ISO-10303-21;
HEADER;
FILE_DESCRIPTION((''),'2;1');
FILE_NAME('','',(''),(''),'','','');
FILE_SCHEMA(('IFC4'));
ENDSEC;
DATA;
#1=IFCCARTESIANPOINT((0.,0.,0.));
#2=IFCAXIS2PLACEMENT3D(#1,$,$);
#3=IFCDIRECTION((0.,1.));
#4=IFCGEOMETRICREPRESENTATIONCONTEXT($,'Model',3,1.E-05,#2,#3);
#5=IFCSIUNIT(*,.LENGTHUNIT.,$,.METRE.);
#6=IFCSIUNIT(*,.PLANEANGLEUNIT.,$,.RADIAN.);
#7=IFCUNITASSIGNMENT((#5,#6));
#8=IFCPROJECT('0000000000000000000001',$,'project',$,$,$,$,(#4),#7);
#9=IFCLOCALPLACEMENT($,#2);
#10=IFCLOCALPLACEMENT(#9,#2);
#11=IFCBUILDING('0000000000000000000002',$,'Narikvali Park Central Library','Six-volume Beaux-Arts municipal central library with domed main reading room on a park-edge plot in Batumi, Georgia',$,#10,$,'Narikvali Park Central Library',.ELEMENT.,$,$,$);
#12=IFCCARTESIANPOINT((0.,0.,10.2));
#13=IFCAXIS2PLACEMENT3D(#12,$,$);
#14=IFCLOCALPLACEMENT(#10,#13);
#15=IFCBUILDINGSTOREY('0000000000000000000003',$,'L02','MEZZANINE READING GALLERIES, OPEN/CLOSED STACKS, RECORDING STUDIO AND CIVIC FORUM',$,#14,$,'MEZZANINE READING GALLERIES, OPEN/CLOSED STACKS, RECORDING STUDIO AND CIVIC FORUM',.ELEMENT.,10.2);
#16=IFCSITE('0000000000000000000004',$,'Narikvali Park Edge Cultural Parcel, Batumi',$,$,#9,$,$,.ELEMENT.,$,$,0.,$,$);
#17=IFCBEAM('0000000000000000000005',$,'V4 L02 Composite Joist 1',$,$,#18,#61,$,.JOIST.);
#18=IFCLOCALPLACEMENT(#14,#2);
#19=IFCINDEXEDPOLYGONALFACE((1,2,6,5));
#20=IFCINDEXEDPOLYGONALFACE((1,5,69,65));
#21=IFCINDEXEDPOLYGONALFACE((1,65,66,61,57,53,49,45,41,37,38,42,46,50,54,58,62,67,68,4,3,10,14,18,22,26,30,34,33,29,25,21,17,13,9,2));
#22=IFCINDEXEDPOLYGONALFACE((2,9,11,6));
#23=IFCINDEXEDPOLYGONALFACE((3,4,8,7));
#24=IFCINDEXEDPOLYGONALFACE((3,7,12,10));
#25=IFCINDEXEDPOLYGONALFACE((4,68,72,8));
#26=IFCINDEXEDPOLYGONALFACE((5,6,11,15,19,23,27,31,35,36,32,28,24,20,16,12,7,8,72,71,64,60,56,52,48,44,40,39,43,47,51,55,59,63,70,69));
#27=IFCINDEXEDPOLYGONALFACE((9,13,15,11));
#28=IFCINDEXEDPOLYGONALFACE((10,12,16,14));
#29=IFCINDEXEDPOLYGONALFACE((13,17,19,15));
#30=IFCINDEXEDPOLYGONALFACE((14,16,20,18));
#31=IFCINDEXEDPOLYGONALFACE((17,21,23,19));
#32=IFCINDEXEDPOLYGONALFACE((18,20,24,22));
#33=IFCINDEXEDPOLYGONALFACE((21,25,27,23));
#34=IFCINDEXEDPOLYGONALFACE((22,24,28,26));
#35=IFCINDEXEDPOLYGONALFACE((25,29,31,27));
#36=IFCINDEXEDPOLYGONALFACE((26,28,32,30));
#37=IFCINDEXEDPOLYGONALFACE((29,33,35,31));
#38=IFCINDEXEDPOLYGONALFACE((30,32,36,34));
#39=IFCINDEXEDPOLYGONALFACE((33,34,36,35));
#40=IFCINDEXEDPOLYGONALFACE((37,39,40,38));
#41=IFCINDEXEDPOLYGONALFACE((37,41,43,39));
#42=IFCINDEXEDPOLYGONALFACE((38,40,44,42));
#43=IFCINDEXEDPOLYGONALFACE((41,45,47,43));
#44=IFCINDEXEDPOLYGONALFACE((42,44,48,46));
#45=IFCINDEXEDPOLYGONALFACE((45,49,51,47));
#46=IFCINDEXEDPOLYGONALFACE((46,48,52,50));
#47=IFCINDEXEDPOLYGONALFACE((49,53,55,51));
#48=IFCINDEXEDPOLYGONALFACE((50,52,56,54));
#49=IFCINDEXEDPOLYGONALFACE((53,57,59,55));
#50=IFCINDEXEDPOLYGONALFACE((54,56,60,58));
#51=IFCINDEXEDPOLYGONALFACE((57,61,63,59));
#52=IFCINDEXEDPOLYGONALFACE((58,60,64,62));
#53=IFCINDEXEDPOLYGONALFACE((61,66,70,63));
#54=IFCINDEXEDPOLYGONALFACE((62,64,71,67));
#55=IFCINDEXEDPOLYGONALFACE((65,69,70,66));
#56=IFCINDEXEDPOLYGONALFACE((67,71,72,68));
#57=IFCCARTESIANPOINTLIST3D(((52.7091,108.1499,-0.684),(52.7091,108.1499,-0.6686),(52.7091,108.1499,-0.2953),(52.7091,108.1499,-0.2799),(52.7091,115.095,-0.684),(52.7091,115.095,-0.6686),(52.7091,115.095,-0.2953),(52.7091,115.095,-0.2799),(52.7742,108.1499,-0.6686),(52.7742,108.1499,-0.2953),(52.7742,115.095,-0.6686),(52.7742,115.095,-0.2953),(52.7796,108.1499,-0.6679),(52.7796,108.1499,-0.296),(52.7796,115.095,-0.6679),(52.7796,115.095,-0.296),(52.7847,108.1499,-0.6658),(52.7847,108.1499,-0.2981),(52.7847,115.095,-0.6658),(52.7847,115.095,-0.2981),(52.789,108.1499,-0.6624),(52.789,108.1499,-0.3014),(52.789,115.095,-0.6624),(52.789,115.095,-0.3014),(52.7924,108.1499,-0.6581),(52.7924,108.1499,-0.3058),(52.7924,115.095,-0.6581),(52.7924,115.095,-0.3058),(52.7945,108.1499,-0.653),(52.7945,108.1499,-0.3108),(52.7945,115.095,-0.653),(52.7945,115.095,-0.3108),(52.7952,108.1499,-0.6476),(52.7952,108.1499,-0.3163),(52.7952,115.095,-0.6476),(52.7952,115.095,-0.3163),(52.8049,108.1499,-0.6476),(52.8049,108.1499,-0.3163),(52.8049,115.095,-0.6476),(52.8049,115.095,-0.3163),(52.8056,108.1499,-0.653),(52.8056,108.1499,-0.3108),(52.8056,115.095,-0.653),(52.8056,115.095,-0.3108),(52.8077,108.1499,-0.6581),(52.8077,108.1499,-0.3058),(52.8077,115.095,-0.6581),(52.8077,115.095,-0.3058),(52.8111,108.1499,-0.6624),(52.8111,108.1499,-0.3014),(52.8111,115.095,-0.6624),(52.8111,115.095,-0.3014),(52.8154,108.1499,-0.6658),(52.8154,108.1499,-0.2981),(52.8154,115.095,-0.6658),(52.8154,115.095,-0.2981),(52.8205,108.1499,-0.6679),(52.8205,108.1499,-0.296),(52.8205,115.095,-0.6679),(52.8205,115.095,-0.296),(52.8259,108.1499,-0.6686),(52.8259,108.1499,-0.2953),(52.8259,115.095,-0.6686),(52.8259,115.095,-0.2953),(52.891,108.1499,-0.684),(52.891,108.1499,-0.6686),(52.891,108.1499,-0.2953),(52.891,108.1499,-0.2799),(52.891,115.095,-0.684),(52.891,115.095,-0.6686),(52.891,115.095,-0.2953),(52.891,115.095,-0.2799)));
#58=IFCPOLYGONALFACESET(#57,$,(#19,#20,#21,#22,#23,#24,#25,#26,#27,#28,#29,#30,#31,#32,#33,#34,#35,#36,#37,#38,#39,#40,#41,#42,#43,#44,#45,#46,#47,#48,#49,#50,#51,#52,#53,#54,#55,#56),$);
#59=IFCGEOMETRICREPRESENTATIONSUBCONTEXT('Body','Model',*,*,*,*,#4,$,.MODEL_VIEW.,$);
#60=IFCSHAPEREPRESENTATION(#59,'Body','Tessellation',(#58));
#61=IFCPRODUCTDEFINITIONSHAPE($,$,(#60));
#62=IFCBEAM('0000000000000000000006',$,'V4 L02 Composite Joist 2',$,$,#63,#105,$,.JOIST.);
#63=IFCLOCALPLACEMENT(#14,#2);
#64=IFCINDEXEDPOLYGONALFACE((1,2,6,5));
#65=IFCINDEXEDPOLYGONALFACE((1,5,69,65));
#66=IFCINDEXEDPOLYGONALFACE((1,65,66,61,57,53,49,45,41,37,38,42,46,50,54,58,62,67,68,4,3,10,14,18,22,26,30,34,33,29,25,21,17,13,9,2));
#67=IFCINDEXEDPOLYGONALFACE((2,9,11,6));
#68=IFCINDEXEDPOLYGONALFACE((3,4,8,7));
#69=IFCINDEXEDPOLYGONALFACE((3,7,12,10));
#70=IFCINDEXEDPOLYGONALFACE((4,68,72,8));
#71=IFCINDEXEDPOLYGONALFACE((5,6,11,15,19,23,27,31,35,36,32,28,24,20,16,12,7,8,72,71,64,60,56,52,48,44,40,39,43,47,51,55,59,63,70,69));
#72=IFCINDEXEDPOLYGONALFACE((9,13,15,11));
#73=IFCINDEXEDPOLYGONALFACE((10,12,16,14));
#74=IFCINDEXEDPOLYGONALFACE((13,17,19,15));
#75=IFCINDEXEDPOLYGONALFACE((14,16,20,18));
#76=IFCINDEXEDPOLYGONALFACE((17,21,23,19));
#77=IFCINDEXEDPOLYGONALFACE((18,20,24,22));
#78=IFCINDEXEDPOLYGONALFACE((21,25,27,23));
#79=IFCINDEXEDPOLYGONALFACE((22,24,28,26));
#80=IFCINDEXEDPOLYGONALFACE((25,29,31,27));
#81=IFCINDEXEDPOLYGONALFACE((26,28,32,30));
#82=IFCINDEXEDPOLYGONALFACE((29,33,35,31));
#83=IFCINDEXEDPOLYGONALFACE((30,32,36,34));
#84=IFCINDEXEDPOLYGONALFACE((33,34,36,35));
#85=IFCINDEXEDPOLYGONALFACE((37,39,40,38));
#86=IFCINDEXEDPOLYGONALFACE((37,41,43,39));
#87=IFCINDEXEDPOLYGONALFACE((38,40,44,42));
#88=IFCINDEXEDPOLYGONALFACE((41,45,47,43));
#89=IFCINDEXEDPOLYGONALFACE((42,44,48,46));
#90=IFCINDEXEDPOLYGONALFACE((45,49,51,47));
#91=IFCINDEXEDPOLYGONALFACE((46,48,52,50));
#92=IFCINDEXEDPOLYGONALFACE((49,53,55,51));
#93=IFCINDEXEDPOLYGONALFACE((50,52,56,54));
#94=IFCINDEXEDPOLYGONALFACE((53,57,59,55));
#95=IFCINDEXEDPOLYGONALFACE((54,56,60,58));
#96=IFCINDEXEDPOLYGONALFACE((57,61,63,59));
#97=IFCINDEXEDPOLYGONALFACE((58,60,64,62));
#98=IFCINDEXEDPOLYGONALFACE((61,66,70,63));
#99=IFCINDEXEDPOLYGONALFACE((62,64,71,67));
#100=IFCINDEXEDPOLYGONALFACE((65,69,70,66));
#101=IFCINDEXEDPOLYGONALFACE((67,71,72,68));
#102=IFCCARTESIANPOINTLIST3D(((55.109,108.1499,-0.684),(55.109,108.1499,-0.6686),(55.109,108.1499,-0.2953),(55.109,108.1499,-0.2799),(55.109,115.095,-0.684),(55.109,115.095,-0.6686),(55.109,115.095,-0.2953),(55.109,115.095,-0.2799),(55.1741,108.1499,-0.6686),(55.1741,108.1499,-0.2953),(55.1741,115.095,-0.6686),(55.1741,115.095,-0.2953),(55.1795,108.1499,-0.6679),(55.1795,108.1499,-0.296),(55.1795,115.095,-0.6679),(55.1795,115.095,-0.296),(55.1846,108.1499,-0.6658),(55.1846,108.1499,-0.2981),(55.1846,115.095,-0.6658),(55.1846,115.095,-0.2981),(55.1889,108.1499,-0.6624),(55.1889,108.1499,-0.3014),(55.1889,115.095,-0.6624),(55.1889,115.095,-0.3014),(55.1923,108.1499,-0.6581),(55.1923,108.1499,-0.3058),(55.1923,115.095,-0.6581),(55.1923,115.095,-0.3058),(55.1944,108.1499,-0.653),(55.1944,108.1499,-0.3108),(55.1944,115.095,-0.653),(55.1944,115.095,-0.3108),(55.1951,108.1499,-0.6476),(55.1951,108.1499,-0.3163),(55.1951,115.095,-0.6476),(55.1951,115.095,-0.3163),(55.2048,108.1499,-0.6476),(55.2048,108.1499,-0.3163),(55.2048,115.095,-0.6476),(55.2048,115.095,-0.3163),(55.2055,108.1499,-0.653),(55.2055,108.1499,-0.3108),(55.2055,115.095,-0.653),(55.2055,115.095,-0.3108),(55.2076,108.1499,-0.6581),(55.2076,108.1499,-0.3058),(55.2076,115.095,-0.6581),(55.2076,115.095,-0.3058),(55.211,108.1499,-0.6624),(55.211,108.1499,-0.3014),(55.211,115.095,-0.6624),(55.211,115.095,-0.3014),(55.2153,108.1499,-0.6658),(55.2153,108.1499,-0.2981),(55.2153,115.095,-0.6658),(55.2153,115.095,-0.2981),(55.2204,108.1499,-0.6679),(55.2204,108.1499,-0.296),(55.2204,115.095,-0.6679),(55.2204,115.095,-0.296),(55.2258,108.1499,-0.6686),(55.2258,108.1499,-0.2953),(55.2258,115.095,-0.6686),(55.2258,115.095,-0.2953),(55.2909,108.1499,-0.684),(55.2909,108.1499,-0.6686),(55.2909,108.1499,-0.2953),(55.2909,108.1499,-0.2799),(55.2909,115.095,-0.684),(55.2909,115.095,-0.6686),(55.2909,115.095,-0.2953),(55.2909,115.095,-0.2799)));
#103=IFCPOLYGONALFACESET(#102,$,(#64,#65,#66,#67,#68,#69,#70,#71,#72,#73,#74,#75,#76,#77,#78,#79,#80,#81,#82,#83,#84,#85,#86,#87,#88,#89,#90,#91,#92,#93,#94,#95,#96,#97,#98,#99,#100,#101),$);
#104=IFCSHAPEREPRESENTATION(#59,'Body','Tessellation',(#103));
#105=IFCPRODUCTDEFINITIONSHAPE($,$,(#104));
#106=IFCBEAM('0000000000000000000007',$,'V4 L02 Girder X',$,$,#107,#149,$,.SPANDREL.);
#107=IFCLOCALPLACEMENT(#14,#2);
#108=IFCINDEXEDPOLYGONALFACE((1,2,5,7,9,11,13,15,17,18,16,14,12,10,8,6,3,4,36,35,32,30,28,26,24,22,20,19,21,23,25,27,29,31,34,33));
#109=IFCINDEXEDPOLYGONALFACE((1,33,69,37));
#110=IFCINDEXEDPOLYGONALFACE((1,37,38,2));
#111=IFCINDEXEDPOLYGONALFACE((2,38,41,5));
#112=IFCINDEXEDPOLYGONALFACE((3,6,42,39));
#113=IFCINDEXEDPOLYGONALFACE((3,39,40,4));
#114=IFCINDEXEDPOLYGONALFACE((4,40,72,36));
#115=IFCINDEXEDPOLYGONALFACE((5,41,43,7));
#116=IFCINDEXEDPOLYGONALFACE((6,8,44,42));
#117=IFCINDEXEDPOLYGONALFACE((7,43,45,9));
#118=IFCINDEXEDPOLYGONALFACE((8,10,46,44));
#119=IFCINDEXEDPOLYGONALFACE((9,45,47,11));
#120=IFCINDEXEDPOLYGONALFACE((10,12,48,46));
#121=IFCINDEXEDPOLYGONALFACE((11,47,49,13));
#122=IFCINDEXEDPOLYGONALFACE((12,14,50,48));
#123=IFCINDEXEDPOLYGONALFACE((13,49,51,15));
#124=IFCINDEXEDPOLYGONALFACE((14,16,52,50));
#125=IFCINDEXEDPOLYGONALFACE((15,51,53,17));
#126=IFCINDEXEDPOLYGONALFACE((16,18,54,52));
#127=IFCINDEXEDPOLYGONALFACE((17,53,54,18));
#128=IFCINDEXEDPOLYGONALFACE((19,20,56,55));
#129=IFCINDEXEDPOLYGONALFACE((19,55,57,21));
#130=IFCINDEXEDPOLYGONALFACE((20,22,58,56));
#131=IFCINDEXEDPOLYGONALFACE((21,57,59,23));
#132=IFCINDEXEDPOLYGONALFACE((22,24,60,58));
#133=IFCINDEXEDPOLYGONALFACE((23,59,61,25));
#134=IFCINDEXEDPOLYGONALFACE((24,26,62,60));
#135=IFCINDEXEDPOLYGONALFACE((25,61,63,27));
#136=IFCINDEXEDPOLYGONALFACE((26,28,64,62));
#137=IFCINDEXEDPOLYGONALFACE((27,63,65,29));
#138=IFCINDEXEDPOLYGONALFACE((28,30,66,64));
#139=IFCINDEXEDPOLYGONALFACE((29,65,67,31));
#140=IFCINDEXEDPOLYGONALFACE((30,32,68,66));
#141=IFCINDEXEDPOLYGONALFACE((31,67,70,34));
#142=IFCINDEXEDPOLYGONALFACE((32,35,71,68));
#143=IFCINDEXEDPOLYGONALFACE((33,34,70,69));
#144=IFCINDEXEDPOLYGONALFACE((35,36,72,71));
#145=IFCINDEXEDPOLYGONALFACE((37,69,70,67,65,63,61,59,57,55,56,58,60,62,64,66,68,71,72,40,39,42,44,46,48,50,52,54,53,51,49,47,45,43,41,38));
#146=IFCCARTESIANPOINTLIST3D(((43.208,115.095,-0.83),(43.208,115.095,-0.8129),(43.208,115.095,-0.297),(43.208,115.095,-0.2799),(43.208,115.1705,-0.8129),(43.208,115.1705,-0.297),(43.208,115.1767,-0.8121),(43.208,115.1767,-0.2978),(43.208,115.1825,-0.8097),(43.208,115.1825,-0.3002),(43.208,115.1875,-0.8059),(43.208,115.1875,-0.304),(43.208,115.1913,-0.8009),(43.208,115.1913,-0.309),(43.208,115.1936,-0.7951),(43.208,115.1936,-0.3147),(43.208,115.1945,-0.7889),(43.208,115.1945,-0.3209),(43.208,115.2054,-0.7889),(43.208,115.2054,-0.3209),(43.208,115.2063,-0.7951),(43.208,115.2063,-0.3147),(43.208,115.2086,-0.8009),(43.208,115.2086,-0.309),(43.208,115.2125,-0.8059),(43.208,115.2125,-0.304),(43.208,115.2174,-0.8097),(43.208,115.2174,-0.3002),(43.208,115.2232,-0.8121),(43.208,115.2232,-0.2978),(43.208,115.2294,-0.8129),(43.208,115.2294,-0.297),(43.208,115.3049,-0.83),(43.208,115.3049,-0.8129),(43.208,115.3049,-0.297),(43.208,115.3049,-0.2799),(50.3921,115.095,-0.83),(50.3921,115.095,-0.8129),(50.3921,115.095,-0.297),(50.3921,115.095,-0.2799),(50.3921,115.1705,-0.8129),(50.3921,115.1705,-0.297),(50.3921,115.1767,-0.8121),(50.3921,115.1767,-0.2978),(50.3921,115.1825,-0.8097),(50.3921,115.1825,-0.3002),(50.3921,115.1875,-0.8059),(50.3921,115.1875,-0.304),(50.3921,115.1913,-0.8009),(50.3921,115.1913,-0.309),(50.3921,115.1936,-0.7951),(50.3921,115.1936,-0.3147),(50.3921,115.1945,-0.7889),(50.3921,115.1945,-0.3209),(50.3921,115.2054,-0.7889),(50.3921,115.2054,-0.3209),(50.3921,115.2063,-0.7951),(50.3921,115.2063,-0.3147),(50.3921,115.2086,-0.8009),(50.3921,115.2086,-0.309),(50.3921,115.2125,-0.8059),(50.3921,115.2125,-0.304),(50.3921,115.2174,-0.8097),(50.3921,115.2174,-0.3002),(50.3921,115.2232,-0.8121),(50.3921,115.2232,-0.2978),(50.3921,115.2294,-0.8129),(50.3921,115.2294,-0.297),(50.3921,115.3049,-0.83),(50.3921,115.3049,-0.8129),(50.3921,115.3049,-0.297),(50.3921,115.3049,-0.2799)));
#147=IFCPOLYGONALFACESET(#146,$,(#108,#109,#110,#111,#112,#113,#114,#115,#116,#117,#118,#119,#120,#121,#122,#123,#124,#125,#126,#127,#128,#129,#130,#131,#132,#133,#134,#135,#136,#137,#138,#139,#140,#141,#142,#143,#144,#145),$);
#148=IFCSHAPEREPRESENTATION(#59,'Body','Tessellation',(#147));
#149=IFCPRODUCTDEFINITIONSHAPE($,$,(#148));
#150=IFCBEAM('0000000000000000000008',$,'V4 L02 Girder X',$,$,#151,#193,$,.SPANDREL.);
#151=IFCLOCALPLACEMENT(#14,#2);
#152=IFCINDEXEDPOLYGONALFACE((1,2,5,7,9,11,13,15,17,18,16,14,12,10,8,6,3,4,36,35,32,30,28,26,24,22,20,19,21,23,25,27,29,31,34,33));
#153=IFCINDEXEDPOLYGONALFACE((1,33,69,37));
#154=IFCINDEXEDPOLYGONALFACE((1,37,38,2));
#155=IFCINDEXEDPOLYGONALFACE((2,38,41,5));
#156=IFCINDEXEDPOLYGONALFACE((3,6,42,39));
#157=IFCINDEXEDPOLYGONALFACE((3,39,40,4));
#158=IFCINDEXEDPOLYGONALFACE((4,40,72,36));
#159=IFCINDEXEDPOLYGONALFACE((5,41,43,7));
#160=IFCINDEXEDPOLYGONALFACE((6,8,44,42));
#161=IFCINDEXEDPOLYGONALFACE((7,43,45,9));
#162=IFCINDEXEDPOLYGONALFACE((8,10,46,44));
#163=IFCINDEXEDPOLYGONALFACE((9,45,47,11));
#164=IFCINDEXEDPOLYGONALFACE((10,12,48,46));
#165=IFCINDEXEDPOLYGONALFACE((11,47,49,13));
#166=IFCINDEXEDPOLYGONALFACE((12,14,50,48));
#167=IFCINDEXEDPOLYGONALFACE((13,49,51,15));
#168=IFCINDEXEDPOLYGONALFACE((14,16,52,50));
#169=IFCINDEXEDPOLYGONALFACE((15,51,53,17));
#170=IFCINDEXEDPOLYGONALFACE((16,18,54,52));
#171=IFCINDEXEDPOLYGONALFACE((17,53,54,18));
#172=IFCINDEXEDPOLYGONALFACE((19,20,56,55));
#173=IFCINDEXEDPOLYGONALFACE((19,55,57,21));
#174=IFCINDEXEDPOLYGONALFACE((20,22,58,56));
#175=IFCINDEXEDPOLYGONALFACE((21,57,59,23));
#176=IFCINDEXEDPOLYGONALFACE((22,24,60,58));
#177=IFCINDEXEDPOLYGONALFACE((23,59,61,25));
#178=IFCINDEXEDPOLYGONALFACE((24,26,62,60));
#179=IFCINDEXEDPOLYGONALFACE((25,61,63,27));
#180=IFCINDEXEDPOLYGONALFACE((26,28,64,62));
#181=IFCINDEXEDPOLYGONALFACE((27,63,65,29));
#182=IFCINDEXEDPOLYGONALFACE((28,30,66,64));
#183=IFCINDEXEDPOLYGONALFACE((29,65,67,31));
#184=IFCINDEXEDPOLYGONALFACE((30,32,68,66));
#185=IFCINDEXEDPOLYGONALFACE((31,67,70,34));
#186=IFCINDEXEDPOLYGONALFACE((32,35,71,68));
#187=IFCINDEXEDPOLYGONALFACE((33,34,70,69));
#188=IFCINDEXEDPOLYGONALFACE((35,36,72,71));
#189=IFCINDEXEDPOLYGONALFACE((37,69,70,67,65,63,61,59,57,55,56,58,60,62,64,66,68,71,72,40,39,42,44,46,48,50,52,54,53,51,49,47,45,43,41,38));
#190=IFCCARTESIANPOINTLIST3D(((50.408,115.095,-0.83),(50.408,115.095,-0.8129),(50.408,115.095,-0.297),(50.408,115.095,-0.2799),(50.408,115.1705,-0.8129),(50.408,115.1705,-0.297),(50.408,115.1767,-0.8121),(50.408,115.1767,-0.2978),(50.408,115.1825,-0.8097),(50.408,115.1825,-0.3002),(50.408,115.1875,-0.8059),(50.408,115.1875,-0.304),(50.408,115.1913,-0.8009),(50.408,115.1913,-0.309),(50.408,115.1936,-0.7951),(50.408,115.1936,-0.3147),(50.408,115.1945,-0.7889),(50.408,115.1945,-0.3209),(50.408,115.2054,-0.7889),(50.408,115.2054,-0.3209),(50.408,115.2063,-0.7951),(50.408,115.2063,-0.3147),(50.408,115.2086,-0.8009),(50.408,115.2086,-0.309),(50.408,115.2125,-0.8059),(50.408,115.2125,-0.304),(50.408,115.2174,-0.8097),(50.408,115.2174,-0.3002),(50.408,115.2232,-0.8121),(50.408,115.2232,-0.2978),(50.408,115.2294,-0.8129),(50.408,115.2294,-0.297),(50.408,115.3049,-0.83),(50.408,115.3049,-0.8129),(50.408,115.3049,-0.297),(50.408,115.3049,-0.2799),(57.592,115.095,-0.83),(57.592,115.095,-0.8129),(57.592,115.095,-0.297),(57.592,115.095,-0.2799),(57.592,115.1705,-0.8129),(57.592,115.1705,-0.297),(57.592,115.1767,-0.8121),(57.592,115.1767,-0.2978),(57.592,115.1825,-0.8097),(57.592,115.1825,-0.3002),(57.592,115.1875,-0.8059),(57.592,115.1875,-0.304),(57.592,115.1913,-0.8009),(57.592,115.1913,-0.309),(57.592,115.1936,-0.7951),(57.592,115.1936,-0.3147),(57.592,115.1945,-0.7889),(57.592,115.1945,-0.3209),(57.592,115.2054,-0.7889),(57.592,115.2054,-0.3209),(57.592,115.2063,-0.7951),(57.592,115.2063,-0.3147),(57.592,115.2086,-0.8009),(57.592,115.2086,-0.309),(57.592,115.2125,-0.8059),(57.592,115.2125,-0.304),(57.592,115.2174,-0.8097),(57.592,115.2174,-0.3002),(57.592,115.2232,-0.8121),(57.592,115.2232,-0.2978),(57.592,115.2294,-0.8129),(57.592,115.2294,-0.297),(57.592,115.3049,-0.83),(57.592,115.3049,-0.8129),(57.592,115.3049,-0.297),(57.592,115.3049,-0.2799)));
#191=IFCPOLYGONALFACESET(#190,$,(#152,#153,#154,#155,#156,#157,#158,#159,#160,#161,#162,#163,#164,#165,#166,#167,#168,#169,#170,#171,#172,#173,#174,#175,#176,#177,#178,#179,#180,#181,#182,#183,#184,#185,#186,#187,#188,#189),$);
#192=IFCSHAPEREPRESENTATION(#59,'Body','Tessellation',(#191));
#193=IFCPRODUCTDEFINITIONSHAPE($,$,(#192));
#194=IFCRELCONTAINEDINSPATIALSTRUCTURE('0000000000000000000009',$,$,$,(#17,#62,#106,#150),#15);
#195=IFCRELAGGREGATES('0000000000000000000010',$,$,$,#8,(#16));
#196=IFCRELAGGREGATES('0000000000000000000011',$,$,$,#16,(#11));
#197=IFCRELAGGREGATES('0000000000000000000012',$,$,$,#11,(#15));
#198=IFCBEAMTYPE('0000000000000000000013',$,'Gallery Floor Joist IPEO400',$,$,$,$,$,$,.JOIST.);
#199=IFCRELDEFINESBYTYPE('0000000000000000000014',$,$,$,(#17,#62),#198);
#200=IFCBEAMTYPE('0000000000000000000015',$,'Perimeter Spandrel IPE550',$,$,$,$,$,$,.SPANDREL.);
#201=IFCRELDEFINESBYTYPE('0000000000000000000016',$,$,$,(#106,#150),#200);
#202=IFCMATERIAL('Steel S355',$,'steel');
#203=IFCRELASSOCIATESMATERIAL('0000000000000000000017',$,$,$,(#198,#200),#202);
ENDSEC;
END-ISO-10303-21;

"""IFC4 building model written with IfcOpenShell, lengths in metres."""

from ifc_helpers import new_model, si_unit, direction, frame, origin, origin_2d, place, context, subcontext, project, spatial, i_section, extrude, material, material_profile, profile_set, type_object, element, save


model = new_model("IFC4")

# Units and contexts
model_context = context("Model", 3, precision=1e-05, world=origin(), true_north=direction((0.0, 1.0)))
body_context = subcontext(model_context, "Body", "Model", "MODEL_VIEW")
ifc_project = project(units=[si_unit("LENGTHUNIT", "METRE"), si_unit("PLANEANGLEUNIT", "RADIAN")], contexts=[model_context])

# Site, building, storey
site_placement = place(None, origin())
site = spatial("IfcSite", under=ifc_project, at=site_placement, Name="Narikvali Park Edge Cultural Parcel, Batumi", CompositionType="ELEMENT", RefElevation=0.0)
building_placement = place(site_placement, origin())
building = spatial("IfcBuilding", under=site, at=building_placement, Name="Narikvali Park Central Library", Description="Six-volume Beaux-Arts municipal central library with domed main reading room on a park-edge plot in Batumi, Georgia", LongName="Narikvali Park Central Library", CompositionType="ELEMENT")
storey_placement = place(building_placement, frame((0.0, 0.0, 10.2)))
storey = spatial("IfcBuildingStorey", under=building, at=storey_placement, Name="L02", Description="MEZZANINE READING GALLERIES, OPEN/CLOSED STACKS, RECORDING STUDIO AND CIVIC FORUM", LongName="MEZZANINE READING GALLERIES, OPEN/CLOSED STACKS, RECORDING STUDIO AND CIVIC FORUM", CompositionType="ELEMENT", Elevation=10.2)

# Shared definitions
ifc_material_1 = material(Name="Steel S355", Category="steel")

# Beams
ifc_material_profile_1 = material_profile(ifc_material_1, i_section(OverallWidth=0.1819, OverallDepth=0.4041, WebThickness=0.0098, FlangeThickness=0.0154, FilletRadius=0.021, at=origin_2d()), Name="IPEO 400")
ifc_profile_set_1 = profile_set([ifc_material_profile_1], Name="Steel S355")
beam_type_1 = type_object("IfcBeamType", Name="Gallery Floor Joist IPEO400", PredefinedType="JOIST", material=ifc_profile_set_1)
for number, where, z_axis, x_axis, name in (
    (1, (52.8, 108.1499, -0.4819), (0.0, 1.0, 0.0), (-1.0, 0.0, 0.0), "V4 L02 Composite Joist 1"),
    (2, (55.2, 108.1499, -0.4819), (0.0, 1.0, 0.0), (-1.0, 0.0, 0.0), "V4 L02 Composite Joist 2"),
):
    element("IfcBeam", number, at=place(storey_placement, frame(where, z_axis=z_axis, x_axis=x_axis)), inside=storey, type_object=beam_type_1, Name=name, PredefinedType="JOIST", context=body_context, shape_type="SweptSolid", body=[
        extrude(i_section(OverallWidth=0.1819, OverallDepth=0.4041, WebThickness=0.0098, FlangeThickness=0.0154, FilletRadius=0.021, at=origin_2d()), origin(), (0.0, 0.0, 1.0), 6.9451),
    ])
ifc_material_profile_2 = material_profile(ifc_material_1, i_section(OverallWidth=0.21, OverallDepth=0.55, WebThickness=0.011, FlangeThickness=0.0171, FilletRadius=0.0239, at=origin_2d()), Name="IPE 550")
ifc_profile_set_2 = profile_set([ifc_material_profile_2], Name="Steel S355")
beam_type_2 = type_object("IfcBeamType", Name="Perimeter Spandrel IPE550", PredefinedType="SPANDREL", material=ifc_profile_set_2)
for number, where, z_axis, x_axis, name in (
    (3, (43.208, 115.2, -0.5549), (1.0, 0.0, 0.0), (0.0, 1.0, 0.0), "V4 L02 Girder X"),
    (4, (50.408, 115.2, -0.5549), (1.0, 0.0, 0.0), (0.0, 1.0, 0.0), "V4 L02 Girder X"),
):
    element("IfcBeam", number, at=place(storey_placement, frame(where, z_axis=z_axis, x_axis=x_axis)), inside=storey, type_object=beam_type_2, Name=name, PredefinedType="SPANDREL", context=body_context, shape_type="SweptSolid", body=[
        extrude(i_section(OverallWidth=0.21, OverallDepth=0.55, WebThickness=0.011, FlangeThickness=0.0171, FilletRadius=0.0239, at=origin_2d()), origin(), (0.0, 0.0, 1.0), 7.1841),
    ])

save(model, "model.ifc")
